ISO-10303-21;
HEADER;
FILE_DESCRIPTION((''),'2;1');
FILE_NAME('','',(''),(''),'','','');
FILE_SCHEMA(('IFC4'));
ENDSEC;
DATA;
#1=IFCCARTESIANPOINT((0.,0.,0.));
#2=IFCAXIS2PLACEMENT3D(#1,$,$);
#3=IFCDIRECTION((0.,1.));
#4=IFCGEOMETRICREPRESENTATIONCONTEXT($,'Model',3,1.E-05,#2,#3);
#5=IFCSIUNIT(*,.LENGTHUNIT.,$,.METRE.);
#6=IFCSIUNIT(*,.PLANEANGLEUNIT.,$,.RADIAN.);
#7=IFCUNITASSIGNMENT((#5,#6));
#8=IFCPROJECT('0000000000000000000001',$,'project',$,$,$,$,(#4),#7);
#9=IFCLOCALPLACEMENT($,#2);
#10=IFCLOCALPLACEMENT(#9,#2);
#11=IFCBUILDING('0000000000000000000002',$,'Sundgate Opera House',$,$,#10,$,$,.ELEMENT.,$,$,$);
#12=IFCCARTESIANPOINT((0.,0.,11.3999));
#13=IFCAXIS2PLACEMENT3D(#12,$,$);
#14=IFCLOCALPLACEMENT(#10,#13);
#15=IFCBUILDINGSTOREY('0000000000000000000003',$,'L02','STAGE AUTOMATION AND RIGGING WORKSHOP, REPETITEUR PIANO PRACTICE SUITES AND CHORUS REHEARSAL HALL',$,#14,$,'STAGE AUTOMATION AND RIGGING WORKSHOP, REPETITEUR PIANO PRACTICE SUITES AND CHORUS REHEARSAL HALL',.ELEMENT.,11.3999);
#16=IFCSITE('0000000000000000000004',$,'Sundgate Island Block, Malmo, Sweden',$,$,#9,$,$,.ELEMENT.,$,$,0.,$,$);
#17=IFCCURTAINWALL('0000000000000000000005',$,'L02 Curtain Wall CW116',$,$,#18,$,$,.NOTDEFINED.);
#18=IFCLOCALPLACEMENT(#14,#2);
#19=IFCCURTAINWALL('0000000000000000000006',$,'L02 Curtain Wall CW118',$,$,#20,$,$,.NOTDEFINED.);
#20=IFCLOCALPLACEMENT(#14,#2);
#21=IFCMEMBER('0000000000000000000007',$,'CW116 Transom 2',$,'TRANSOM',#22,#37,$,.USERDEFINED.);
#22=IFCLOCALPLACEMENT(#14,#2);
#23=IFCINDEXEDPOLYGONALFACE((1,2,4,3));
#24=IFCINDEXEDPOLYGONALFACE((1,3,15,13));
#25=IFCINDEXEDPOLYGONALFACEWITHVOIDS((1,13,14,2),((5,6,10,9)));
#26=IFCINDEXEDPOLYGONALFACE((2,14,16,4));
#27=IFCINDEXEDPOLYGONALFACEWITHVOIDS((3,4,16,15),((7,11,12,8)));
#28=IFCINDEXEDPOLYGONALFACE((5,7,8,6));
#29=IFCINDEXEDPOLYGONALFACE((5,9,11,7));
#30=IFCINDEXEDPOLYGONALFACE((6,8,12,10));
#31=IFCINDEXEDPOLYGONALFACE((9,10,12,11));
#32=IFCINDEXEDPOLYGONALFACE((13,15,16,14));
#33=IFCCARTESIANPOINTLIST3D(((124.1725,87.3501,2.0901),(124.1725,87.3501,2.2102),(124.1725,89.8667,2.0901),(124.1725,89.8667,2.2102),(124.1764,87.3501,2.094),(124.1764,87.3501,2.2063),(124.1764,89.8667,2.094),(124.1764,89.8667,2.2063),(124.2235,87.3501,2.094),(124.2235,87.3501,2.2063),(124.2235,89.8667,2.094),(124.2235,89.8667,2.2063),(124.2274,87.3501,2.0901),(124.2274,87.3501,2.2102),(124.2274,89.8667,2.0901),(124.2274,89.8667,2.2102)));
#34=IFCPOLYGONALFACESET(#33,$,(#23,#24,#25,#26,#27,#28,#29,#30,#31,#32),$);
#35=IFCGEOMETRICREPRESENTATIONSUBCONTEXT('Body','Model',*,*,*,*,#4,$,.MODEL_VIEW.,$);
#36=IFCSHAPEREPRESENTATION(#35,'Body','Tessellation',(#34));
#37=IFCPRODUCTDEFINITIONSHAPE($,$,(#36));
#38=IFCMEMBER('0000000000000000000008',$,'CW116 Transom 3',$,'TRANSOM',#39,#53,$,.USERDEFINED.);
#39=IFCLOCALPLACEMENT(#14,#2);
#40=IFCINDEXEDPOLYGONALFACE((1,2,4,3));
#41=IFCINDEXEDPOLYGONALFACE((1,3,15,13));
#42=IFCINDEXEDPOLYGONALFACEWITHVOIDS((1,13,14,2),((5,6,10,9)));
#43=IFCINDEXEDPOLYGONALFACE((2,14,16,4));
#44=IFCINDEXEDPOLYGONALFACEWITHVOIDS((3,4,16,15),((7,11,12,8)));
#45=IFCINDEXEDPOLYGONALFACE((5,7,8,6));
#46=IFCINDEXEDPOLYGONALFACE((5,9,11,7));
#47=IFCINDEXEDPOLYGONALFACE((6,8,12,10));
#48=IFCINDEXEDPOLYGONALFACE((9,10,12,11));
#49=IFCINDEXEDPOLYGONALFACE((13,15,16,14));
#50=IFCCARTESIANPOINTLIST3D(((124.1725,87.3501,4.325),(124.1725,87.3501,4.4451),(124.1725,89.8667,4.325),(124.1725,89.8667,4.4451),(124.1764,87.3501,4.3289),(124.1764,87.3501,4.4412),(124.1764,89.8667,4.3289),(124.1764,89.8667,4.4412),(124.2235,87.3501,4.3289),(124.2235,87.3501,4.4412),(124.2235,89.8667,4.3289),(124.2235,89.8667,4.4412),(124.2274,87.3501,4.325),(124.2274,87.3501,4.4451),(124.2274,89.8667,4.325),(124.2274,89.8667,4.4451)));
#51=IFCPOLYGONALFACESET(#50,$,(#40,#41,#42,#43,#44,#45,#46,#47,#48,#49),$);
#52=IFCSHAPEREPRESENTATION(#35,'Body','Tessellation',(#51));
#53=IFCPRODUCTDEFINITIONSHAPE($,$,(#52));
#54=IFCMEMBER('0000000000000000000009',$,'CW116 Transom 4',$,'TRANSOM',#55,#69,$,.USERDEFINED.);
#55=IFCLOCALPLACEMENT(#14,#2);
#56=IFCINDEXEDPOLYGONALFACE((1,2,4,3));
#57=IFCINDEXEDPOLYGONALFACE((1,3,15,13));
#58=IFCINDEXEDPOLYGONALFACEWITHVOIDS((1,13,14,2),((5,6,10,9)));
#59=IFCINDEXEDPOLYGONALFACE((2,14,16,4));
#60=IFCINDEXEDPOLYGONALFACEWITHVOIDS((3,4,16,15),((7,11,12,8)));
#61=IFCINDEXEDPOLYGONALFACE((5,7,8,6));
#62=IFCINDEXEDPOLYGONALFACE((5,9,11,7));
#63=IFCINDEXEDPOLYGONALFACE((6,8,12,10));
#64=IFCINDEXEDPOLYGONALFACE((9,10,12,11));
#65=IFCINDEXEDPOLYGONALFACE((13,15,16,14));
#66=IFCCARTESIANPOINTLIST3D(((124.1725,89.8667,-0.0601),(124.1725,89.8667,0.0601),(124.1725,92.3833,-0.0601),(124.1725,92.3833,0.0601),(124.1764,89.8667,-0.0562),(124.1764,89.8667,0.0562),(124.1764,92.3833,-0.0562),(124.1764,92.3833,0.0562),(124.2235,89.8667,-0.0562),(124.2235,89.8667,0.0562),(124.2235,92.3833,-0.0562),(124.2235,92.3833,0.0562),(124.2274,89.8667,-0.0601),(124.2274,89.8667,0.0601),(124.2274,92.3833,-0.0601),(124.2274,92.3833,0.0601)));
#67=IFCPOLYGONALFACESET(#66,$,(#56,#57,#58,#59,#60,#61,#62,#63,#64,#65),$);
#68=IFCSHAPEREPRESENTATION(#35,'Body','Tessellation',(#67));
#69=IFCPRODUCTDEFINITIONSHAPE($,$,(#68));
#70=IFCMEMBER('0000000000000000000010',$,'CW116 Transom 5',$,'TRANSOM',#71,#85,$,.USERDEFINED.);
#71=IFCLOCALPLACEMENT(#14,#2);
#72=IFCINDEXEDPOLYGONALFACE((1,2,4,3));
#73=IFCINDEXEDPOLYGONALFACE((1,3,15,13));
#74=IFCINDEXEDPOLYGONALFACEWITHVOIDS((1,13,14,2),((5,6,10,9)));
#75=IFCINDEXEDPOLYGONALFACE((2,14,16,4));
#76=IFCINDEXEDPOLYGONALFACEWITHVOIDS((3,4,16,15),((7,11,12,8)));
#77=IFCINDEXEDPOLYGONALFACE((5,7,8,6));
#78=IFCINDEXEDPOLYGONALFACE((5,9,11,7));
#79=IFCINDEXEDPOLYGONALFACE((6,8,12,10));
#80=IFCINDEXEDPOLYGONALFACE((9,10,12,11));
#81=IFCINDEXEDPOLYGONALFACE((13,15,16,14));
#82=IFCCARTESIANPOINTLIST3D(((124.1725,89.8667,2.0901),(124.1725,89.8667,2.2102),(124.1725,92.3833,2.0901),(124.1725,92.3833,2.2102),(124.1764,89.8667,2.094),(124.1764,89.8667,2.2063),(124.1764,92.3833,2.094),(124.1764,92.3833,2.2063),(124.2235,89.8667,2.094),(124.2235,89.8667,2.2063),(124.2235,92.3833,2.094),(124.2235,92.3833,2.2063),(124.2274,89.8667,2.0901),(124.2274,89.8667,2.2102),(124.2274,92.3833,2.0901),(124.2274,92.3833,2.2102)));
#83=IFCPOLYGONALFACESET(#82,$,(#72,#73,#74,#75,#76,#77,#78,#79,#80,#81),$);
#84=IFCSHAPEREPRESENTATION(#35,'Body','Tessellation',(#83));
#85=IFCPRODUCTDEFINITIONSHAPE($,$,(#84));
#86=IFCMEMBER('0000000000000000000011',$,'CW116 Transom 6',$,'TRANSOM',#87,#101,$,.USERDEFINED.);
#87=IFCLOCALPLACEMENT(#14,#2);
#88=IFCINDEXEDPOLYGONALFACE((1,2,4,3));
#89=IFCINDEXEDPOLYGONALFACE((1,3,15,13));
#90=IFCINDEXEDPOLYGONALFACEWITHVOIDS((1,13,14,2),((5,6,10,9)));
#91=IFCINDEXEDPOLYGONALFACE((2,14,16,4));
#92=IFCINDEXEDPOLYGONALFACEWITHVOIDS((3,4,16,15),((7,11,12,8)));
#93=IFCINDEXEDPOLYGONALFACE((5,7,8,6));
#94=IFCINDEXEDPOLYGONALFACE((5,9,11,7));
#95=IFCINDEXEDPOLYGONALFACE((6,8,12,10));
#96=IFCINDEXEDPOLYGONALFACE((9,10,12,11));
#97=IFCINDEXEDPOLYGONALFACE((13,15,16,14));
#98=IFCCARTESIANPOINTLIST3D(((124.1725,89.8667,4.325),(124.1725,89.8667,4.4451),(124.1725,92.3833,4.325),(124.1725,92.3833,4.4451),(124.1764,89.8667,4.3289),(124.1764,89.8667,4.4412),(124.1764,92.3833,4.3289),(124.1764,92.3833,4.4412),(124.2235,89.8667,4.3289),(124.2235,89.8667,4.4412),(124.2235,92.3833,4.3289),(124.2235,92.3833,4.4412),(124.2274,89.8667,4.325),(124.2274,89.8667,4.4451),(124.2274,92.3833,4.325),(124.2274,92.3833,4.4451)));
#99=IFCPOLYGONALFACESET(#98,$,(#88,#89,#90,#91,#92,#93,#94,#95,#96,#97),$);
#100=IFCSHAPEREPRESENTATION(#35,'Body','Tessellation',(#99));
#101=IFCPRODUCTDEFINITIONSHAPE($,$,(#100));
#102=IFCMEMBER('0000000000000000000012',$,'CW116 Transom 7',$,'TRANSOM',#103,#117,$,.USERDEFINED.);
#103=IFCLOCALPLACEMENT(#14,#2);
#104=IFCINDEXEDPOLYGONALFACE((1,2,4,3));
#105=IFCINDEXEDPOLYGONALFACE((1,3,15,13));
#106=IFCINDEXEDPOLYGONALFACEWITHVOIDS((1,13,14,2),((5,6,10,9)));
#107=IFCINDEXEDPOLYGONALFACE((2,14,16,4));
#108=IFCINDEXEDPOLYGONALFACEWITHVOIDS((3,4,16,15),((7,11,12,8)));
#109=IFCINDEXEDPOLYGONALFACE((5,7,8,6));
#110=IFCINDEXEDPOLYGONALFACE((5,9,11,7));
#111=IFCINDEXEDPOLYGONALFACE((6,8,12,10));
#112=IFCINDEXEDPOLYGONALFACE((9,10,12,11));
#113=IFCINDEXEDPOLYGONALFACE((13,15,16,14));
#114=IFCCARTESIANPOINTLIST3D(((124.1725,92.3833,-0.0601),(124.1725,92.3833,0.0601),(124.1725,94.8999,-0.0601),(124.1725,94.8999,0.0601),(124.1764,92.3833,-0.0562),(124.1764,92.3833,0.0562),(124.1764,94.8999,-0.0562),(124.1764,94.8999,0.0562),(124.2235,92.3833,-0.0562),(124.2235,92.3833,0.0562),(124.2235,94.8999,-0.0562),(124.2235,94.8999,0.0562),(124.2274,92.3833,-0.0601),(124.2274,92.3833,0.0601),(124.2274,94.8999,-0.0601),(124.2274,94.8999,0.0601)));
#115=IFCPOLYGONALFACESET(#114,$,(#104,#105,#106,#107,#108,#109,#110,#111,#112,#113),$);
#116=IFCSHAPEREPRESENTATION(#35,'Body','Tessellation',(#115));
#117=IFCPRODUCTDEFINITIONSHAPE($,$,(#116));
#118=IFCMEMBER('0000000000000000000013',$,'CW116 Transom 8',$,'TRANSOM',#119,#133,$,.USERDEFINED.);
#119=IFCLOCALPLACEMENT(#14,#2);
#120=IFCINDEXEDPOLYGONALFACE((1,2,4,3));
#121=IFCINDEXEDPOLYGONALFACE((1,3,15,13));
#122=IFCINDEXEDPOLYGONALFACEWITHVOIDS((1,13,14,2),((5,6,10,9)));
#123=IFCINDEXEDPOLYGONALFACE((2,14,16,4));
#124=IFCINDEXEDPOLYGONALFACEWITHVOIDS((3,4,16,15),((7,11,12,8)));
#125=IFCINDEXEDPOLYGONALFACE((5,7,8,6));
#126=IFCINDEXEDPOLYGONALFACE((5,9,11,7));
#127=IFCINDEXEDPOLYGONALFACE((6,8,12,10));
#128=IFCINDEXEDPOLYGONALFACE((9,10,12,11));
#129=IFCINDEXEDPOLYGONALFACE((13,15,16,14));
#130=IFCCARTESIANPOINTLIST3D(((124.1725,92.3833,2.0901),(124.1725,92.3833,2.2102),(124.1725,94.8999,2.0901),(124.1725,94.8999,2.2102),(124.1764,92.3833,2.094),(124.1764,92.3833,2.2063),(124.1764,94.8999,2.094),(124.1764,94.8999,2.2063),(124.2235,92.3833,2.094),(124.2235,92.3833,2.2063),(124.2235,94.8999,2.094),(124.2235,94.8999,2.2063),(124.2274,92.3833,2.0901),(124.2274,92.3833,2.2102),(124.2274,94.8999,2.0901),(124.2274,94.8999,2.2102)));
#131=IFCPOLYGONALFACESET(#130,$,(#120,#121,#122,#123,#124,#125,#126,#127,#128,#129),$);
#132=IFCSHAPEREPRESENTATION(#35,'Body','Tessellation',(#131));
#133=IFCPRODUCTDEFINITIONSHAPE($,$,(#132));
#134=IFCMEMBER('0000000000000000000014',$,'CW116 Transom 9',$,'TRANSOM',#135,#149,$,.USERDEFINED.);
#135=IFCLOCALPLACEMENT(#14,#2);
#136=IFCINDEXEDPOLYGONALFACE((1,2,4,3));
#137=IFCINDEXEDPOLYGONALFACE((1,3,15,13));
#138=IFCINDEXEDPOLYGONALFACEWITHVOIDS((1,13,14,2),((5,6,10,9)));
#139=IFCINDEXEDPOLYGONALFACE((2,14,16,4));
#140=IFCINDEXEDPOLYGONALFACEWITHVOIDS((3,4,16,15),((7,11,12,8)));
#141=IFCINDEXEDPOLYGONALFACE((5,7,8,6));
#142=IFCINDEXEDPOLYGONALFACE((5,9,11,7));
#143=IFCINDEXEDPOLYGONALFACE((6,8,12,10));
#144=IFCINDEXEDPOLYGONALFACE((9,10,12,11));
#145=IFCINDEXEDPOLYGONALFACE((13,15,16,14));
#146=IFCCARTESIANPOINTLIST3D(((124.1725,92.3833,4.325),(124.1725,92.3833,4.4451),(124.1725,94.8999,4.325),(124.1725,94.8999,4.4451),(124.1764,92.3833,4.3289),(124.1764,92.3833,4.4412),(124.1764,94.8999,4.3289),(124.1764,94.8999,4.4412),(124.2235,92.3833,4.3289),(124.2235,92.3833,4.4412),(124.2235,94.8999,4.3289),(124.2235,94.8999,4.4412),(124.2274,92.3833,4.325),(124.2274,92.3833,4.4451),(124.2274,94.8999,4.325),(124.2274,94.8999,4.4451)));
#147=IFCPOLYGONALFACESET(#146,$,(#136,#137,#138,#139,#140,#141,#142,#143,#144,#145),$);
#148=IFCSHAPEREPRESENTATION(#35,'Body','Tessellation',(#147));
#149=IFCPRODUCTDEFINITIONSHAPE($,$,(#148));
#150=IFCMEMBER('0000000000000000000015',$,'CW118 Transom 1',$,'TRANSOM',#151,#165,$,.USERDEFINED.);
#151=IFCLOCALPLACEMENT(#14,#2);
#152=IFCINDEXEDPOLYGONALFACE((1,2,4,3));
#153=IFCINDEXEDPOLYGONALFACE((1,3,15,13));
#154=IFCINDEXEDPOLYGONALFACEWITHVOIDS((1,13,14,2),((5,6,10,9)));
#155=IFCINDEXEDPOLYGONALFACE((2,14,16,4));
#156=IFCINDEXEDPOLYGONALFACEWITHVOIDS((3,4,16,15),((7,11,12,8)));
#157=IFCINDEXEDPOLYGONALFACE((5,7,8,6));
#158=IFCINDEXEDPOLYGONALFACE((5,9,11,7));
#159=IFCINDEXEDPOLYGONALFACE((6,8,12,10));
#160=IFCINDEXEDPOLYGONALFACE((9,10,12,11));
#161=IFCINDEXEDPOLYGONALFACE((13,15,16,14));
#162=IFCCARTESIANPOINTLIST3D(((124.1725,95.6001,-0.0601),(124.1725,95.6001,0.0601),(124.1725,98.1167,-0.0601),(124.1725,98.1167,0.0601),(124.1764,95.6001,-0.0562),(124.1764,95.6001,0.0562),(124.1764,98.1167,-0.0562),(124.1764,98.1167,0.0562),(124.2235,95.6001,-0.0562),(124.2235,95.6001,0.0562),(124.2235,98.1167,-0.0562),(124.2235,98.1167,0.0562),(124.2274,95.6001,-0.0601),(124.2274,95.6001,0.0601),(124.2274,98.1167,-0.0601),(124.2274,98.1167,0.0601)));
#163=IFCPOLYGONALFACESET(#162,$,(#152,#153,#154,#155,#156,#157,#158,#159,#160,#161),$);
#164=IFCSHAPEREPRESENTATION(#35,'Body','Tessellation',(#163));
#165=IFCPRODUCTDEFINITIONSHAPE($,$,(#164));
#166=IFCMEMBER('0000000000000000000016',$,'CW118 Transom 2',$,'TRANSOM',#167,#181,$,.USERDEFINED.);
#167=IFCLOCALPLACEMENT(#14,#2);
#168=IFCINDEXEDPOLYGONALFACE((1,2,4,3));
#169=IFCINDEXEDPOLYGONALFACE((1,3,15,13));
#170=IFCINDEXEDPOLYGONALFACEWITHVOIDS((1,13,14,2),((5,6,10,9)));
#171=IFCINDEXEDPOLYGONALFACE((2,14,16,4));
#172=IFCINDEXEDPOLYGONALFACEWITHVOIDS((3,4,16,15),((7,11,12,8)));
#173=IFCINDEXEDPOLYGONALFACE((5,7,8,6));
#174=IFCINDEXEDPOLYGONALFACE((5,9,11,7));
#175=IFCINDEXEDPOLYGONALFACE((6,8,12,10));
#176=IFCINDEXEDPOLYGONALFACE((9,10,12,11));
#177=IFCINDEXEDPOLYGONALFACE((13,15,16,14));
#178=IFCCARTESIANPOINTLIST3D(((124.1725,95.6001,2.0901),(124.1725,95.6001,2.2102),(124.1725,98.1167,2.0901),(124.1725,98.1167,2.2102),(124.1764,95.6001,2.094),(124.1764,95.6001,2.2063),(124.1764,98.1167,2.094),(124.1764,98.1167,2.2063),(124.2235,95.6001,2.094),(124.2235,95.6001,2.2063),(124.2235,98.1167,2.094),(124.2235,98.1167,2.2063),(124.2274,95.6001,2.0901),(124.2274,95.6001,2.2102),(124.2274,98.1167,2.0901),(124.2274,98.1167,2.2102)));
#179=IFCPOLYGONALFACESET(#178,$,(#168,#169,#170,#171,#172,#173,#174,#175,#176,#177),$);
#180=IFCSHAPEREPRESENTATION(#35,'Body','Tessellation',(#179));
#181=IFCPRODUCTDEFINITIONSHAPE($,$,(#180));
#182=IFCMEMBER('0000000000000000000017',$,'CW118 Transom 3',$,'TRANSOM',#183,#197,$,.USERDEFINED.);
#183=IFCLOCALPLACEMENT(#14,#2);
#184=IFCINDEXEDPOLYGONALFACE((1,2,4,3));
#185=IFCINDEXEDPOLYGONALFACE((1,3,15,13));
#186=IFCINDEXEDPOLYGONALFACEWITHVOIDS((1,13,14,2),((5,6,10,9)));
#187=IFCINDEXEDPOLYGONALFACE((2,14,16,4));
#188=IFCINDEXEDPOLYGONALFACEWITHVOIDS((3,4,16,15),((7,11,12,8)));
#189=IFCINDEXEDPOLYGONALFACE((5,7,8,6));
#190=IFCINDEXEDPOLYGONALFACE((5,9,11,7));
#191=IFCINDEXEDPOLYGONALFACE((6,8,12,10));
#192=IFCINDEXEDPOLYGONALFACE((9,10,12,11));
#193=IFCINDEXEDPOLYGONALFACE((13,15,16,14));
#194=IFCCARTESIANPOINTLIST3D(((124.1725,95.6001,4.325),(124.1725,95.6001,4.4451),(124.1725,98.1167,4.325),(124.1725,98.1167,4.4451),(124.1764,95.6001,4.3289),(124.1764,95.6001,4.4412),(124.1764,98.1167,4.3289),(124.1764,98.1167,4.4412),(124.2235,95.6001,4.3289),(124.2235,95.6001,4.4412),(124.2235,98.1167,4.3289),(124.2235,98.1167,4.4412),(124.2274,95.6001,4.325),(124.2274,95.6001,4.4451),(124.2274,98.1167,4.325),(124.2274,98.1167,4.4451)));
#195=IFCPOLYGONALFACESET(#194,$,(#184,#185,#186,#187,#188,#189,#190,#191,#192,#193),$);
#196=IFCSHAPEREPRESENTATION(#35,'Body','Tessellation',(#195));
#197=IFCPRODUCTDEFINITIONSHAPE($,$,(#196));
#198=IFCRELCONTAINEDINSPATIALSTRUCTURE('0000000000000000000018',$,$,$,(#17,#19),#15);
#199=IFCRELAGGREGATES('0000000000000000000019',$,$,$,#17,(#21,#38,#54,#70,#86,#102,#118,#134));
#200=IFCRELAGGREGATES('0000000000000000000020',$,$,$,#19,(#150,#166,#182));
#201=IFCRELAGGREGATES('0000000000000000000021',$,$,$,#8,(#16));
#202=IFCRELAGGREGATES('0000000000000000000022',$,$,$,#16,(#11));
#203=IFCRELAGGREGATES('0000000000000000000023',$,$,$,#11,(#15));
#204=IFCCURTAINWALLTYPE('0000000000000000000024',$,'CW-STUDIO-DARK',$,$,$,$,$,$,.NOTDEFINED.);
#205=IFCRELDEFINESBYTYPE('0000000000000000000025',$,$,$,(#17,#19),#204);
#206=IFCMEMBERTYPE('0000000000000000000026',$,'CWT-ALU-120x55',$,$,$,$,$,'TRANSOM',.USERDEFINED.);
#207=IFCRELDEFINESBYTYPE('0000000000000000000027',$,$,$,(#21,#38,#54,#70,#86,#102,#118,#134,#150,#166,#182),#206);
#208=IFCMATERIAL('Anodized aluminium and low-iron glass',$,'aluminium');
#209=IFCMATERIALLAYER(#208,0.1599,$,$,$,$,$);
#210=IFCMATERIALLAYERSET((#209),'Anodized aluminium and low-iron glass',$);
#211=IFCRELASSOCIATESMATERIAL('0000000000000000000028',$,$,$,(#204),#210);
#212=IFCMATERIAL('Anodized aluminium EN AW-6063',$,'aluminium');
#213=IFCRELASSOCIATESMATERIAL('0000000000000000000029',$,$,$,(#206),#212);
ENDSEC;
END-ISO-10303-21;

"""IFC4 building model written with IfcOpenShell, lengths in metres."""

from ifc_helpers import new_model, si_unit, direction, frame, origin, origin_2d, place, context, subcontext, project, spatial, hollow_rectangle, extrude, material, layer, layer_set, material_profile, profile_set, type_object, element, aggregate, save


model = new_model("IFC4")

# Units and contexts
model_context = context("Model", 3, precision=1e-05, world=origin(), true_north=direction((0.0, 1.0)))
body_context = subcontext(model_context, "Body", "Model", "MODEL_VIEW")
ifc_project = project(units=[si_unit("LENGTHUNIT", "METRE"), si_unit("PLANEANGLEUNIT", "RADIAN")], contexts=[model_context])

# Site, building, storey
site_placement = place(None, origin())
site = spatial("IfcSite", under=ifc_project, at=site_placement, Name="Sundgate Island Block, Malmo, Sweden", CompositionType="ELEMENT", RefElevation=0.0)
building_placement = place(site_placement, origin())
building = spatial("IfcBuilding", under=site, at=building_placement, Name="Sundgate Opera House", CompositionType="ELEMENT")
storey_placement = place(building_placement, frame((0.0, 0.0, 11.3999)))
storey = spatial("IfcBuildingStorey", under=building, at=storey_placement, Name="L02", Description="STAGE AUTOMATION AND RIGGING WORKSHOP, REPETITEUR PIANO PRACTICE SUITES AND CHORUS REHEARSAL HALL", LongName="STAGE AUTOMATION AND RIGGING WORKSHOP, REPETITEUR PIANO PRACTICE SUITES AND CHORUS REHEARSAL HALL", CompositionType="ELEMENT", Elevation=11.3999)

# Curtain walls
ifc_material_1 = material(Name="Anodized aluminium and low-iron glass", Category="aluminium")
ifc_layer_1 = layer(ifc_material_1, 0.1599)
ifc_layer_set_1 = layer_set([ifc_layer_1], Name="Anodized aluminium and low-iron glass")
curtain_wall_type = type_object("IfcCurtainWallType", Name="CW-STUDIO-DARK", PredefinedType="NOTDEFINED", material=ifc_layer_set_1)
curtain_wall_1_placement = place(storey_placement, origin())
curtain_wall_1 = element("IfcCurtainWall", 1, at=curtain_wall_1_placement, inside=storey, type_object=curtain_wall_type, Name="L02 Curtain Wall CW116", PredefinedType="NOTDEFINED")
curtain_wall_2_placement = place(storey_placement, origin())
curtain_wall_2 = element("IfcCurtainWall", 2, at=curtain_wall_2_placement, inside=storey, type_object=curtain_wall_type, Name="L02 Curtain Wall CW118", PredefinedType="NOTDEFINED")

# Members
ifc_material_2 = material(Name="Anodized aluminium EN AW-6063", Category="aluminium")
ifc_material_profile_1 = material_profile(ifc_material_2, hollow_rectangle(XDim=0.0549, YDim=0.1201, WallThickness=0.0039, at=origin_2d()), Name="CWT 120x55x4")
ifc_profile_set_1 = profile_set([ifc_material_profile_1], Name="Anodized aluminium EN AW-6063")
member_type_1 = type_object("IfcMemberType", Name="CWT-ALU-120x55", ElementType="TRANSOM", PredefinedType="USERDEFINED", material=ifc_profile_set_1)
member_1_placement = place(storey_placement, frame((124.2, 87.3501, 2.1501), z_axis=(0.0, 1.0, 0.0), x_axis=(-1.0, 0.0, 0.0)))
member_1 = element("IfcMember", 3, at=member_1_placement, type_object=member_type_1, Name="CW116 Transom 2", ObjectType="TRANSOM", PredefinedType="USERDEFINED", context=body_context, shape_type="SweptSolid", body=[
    extrude(hollow_rectangle(XDim=0.0549, YDim=0.1201, WallThickness=0.0039, at=origin_2d()), origin(), (0.0, 0.0, 1.0), 2.5166),
])
member_2_placement = place(storey_placement, frame((124.2, 87.3501, 4.385), z_axis=(0.0, 1.0, 0.0), x_axis=(-1.0, 0.0, 0.0)))
member_2 = element("IfcMember", 4, at=member_2_placement, type_object=member_type_1, Name="CW116 Transom 3", ObjectType="TRANSOM", PredefinedType="USERDEFINED", context=body_context, shape_type="SweptSolid", body=[
    extrude(hollow_rectangle(XDim=0.0549, YDim=0.1201, WallThickness=0.0039, at=origin_2d()), origin(), (0.0, 0.0, 1.0), 2.5166),
])
member_3_placement = place(storey_placement, frame((124.2, 89.8667, 0.0), z_axis=(0.0, 1.0, 0.0), x_axis=(-1.0, 0.0, 0.0)))
member_3 = element("IfcMember", 5, at=member_3_placement, type_object=member_type_1, Name="CW116 Transom 4", ObjectType="TRANSOM", PredefinedType="USERDEFINED", context=body_context, shape_type="SweptSolid", body=[
    extrude(hollow_rectangle(XDim=0.0549, YDim=0.1201, WallThickness=0.0039, at=origin_2d()), origin(), (0.0, 0.0, 1.0), 2.5166),
])
member_4_placement = place(storey_placement, frame((124.2, 89.8667, 2.1501), z_axis=(0.0, 1.0, 0.0), x_axis=(-1.0, 0.0, 0.0)))
member_4 = element("IfcMember", 6, at=member_4_placement, type_object=member_type_1, Name="CW116 Transom 5", ObjectType="TRANSOM", PredefinedType="USERDEFINED", context=body_context, shape_type="SweptSolid", body=[
    extrude(hollow_rectangle(XDim=0.0549, YDim=0.1201, WallThickness=0.0039, at=origin_2d()), origin(), (0.0, 0.0, 1.0), 2.5166),
])
member_5_placement = place(storey_placement, frame((124.2, 89.8667, 4.385), z_axis=(0.0, 1.0, 0.0), x_axis=(-1.0, 0.0, 0.0)))
member_5 = element("IfcMember", 7, at=member_5_placement, type_object=member_type_1, Name="CW116 Transom 6", ObjectType="TRANSOM", PredefinedType="USERDEFINED", context=body_context, shape_type="SweptSolid", body=[
    extrude(hollow_rectangle(XDim=0.0549, YDim=0.1201, WallThickness=0.0039, at=origin_2d()), origin(), (0.0, 0.0, 1.0), 2.5166),
])
member_6_placement = place(storey_placement, frame((124.2, 92.3833, 0.0), z_axis=(0.0, 1.0, 0.0), x_axis=(-1.0, 0.0, 0.0)))
member_6 = element("IfcMember", 8, at=member_6_placement, type_object=member_type_1, Name="CW116 Transom 7", ObjectType="TRANSOM", PredefinedType="USERDEFINED", context=body_context, shape_type="SweptSolid", body=[
    extrude(hollow_rectangle(XDim=0.0549, YDim=0.1201, WallThickness=0.0039, at=origin_2d()), origin(), (0.0, 0.0, 1.0), 2.5166),
])
member_7_placement = place(storey_placement, frame((124.2, 92.3833, 2.1501), z_axis=(0.0, 1.0, 0.0), x_axis=(-1.0, 0.0, 0.0)))
member_7 = element("IfcMember", 9, at=member_7_placement, type_object=member_type_1, Name="CW116 Transom 8", ObjectType="TRANSOM", PredefinedType="USERDEFINED", context=body_context, shape_type="SweptSolid", body=[
    extrude(hollow_rectangle(XDim=0.0549, YDim=0.1201, WallThickness=0.0039, at=origin_2d()), origin(), (0.0, 0.0, 1.0), 2.5166),
])
member_8_placement = place(storey_placement, frame((124.2, 92.3833, 4.385), z_axis=(0.0, 1.0, 0.0), x_axis=(-1.0, 0.0, 0.0)))
member_8 = element("IfcMember", 10, at=member_8_placement, type_object=member_type_1, Name="CW116 Transom 9", ObjectType="TRANSOM", PredefinedType="USERDEFINED", context=body_context, shape_type="SweptSolid", body=[
    extrude(hollow_rectangle(XDim=0.0549, YDim=0.1201, WallThickness=0.0039, at=origin_2d()), origin(), (0.0, 0.0, 1.0), 2.5166),
])
member_9_placement = place(storey_placement, frame((124.2, 95.6001, 0.0), z_axis=(0.0, 1.0, 0.0), x_axis=(-1.0, 0.0, 0.0)))
member_9 = element("IfcMember", 11, at=member_9_placement, type_object=member_type_1, Name="CW118 Transom 1", ObjectType="TRANSOM", PredefinedType="USERDEFINED", context=body_context, shape_type="SweptSolid", body=[
    extrude(hollow_rectangle(XDim=0.0549, YDim=0.1201, WallThickness=0.0039, at=origin_2d()), origin(), (0.0, 0.0, 1.0), 2.5166),
])
member_10_placement = place(storey_placement, frame((124.2, 95.6001, 2.1501), z_axis=(0.0, 1.0, 0.0), x_axis=(-1.0, 0.0, 0.0)))
member_10 = element("IfcMember", 12, at=member_10_placement, type_object=member_type_1, Name="CW118 Transom 2", ObjectType="TRANSOM", PredefinedType="USERDEFINED", context=body_context, shape_type="SweptSolid", body=[
    extrude(hollow_rectangle(XDim=0.0549, YDim=0.1201, WallThickness=0.0039, at=origin_2d()), origin(), (0.0, 0.0, 1.0), 2.5166),
])
member_11_placement = place(storey_placement, frame((124.2, 95.6001, 4.385), z_axis=(0.0, 1.0, 0.0), x_axis=(-1.0, 0.0, 0.0)))
member_11 = element("IfcMember", 13, at=member_11_placement, type_object=member_type_1, Name="CW118 Transom 3", ObjectType="TRANSOM", PredefinedType="USERDEFINED", context=body_context, shape_type="SweptSolid", body=[
    extrude(hollow_rectangle(XDim=0.0549, YDim=0.1201, WallThickness=0.0039, at=origin_2d()), origin(), (0.0, 0.0, 1.0), 2.5166),
])

aggregate(curtain_wall_1, [member_1, member_2, member_3, member_4, member_5, member_6, member_7, member_8])
aggregate(curtain_wall_2, [member_9, member_10, member_11])

save(model, "model.ifc")
